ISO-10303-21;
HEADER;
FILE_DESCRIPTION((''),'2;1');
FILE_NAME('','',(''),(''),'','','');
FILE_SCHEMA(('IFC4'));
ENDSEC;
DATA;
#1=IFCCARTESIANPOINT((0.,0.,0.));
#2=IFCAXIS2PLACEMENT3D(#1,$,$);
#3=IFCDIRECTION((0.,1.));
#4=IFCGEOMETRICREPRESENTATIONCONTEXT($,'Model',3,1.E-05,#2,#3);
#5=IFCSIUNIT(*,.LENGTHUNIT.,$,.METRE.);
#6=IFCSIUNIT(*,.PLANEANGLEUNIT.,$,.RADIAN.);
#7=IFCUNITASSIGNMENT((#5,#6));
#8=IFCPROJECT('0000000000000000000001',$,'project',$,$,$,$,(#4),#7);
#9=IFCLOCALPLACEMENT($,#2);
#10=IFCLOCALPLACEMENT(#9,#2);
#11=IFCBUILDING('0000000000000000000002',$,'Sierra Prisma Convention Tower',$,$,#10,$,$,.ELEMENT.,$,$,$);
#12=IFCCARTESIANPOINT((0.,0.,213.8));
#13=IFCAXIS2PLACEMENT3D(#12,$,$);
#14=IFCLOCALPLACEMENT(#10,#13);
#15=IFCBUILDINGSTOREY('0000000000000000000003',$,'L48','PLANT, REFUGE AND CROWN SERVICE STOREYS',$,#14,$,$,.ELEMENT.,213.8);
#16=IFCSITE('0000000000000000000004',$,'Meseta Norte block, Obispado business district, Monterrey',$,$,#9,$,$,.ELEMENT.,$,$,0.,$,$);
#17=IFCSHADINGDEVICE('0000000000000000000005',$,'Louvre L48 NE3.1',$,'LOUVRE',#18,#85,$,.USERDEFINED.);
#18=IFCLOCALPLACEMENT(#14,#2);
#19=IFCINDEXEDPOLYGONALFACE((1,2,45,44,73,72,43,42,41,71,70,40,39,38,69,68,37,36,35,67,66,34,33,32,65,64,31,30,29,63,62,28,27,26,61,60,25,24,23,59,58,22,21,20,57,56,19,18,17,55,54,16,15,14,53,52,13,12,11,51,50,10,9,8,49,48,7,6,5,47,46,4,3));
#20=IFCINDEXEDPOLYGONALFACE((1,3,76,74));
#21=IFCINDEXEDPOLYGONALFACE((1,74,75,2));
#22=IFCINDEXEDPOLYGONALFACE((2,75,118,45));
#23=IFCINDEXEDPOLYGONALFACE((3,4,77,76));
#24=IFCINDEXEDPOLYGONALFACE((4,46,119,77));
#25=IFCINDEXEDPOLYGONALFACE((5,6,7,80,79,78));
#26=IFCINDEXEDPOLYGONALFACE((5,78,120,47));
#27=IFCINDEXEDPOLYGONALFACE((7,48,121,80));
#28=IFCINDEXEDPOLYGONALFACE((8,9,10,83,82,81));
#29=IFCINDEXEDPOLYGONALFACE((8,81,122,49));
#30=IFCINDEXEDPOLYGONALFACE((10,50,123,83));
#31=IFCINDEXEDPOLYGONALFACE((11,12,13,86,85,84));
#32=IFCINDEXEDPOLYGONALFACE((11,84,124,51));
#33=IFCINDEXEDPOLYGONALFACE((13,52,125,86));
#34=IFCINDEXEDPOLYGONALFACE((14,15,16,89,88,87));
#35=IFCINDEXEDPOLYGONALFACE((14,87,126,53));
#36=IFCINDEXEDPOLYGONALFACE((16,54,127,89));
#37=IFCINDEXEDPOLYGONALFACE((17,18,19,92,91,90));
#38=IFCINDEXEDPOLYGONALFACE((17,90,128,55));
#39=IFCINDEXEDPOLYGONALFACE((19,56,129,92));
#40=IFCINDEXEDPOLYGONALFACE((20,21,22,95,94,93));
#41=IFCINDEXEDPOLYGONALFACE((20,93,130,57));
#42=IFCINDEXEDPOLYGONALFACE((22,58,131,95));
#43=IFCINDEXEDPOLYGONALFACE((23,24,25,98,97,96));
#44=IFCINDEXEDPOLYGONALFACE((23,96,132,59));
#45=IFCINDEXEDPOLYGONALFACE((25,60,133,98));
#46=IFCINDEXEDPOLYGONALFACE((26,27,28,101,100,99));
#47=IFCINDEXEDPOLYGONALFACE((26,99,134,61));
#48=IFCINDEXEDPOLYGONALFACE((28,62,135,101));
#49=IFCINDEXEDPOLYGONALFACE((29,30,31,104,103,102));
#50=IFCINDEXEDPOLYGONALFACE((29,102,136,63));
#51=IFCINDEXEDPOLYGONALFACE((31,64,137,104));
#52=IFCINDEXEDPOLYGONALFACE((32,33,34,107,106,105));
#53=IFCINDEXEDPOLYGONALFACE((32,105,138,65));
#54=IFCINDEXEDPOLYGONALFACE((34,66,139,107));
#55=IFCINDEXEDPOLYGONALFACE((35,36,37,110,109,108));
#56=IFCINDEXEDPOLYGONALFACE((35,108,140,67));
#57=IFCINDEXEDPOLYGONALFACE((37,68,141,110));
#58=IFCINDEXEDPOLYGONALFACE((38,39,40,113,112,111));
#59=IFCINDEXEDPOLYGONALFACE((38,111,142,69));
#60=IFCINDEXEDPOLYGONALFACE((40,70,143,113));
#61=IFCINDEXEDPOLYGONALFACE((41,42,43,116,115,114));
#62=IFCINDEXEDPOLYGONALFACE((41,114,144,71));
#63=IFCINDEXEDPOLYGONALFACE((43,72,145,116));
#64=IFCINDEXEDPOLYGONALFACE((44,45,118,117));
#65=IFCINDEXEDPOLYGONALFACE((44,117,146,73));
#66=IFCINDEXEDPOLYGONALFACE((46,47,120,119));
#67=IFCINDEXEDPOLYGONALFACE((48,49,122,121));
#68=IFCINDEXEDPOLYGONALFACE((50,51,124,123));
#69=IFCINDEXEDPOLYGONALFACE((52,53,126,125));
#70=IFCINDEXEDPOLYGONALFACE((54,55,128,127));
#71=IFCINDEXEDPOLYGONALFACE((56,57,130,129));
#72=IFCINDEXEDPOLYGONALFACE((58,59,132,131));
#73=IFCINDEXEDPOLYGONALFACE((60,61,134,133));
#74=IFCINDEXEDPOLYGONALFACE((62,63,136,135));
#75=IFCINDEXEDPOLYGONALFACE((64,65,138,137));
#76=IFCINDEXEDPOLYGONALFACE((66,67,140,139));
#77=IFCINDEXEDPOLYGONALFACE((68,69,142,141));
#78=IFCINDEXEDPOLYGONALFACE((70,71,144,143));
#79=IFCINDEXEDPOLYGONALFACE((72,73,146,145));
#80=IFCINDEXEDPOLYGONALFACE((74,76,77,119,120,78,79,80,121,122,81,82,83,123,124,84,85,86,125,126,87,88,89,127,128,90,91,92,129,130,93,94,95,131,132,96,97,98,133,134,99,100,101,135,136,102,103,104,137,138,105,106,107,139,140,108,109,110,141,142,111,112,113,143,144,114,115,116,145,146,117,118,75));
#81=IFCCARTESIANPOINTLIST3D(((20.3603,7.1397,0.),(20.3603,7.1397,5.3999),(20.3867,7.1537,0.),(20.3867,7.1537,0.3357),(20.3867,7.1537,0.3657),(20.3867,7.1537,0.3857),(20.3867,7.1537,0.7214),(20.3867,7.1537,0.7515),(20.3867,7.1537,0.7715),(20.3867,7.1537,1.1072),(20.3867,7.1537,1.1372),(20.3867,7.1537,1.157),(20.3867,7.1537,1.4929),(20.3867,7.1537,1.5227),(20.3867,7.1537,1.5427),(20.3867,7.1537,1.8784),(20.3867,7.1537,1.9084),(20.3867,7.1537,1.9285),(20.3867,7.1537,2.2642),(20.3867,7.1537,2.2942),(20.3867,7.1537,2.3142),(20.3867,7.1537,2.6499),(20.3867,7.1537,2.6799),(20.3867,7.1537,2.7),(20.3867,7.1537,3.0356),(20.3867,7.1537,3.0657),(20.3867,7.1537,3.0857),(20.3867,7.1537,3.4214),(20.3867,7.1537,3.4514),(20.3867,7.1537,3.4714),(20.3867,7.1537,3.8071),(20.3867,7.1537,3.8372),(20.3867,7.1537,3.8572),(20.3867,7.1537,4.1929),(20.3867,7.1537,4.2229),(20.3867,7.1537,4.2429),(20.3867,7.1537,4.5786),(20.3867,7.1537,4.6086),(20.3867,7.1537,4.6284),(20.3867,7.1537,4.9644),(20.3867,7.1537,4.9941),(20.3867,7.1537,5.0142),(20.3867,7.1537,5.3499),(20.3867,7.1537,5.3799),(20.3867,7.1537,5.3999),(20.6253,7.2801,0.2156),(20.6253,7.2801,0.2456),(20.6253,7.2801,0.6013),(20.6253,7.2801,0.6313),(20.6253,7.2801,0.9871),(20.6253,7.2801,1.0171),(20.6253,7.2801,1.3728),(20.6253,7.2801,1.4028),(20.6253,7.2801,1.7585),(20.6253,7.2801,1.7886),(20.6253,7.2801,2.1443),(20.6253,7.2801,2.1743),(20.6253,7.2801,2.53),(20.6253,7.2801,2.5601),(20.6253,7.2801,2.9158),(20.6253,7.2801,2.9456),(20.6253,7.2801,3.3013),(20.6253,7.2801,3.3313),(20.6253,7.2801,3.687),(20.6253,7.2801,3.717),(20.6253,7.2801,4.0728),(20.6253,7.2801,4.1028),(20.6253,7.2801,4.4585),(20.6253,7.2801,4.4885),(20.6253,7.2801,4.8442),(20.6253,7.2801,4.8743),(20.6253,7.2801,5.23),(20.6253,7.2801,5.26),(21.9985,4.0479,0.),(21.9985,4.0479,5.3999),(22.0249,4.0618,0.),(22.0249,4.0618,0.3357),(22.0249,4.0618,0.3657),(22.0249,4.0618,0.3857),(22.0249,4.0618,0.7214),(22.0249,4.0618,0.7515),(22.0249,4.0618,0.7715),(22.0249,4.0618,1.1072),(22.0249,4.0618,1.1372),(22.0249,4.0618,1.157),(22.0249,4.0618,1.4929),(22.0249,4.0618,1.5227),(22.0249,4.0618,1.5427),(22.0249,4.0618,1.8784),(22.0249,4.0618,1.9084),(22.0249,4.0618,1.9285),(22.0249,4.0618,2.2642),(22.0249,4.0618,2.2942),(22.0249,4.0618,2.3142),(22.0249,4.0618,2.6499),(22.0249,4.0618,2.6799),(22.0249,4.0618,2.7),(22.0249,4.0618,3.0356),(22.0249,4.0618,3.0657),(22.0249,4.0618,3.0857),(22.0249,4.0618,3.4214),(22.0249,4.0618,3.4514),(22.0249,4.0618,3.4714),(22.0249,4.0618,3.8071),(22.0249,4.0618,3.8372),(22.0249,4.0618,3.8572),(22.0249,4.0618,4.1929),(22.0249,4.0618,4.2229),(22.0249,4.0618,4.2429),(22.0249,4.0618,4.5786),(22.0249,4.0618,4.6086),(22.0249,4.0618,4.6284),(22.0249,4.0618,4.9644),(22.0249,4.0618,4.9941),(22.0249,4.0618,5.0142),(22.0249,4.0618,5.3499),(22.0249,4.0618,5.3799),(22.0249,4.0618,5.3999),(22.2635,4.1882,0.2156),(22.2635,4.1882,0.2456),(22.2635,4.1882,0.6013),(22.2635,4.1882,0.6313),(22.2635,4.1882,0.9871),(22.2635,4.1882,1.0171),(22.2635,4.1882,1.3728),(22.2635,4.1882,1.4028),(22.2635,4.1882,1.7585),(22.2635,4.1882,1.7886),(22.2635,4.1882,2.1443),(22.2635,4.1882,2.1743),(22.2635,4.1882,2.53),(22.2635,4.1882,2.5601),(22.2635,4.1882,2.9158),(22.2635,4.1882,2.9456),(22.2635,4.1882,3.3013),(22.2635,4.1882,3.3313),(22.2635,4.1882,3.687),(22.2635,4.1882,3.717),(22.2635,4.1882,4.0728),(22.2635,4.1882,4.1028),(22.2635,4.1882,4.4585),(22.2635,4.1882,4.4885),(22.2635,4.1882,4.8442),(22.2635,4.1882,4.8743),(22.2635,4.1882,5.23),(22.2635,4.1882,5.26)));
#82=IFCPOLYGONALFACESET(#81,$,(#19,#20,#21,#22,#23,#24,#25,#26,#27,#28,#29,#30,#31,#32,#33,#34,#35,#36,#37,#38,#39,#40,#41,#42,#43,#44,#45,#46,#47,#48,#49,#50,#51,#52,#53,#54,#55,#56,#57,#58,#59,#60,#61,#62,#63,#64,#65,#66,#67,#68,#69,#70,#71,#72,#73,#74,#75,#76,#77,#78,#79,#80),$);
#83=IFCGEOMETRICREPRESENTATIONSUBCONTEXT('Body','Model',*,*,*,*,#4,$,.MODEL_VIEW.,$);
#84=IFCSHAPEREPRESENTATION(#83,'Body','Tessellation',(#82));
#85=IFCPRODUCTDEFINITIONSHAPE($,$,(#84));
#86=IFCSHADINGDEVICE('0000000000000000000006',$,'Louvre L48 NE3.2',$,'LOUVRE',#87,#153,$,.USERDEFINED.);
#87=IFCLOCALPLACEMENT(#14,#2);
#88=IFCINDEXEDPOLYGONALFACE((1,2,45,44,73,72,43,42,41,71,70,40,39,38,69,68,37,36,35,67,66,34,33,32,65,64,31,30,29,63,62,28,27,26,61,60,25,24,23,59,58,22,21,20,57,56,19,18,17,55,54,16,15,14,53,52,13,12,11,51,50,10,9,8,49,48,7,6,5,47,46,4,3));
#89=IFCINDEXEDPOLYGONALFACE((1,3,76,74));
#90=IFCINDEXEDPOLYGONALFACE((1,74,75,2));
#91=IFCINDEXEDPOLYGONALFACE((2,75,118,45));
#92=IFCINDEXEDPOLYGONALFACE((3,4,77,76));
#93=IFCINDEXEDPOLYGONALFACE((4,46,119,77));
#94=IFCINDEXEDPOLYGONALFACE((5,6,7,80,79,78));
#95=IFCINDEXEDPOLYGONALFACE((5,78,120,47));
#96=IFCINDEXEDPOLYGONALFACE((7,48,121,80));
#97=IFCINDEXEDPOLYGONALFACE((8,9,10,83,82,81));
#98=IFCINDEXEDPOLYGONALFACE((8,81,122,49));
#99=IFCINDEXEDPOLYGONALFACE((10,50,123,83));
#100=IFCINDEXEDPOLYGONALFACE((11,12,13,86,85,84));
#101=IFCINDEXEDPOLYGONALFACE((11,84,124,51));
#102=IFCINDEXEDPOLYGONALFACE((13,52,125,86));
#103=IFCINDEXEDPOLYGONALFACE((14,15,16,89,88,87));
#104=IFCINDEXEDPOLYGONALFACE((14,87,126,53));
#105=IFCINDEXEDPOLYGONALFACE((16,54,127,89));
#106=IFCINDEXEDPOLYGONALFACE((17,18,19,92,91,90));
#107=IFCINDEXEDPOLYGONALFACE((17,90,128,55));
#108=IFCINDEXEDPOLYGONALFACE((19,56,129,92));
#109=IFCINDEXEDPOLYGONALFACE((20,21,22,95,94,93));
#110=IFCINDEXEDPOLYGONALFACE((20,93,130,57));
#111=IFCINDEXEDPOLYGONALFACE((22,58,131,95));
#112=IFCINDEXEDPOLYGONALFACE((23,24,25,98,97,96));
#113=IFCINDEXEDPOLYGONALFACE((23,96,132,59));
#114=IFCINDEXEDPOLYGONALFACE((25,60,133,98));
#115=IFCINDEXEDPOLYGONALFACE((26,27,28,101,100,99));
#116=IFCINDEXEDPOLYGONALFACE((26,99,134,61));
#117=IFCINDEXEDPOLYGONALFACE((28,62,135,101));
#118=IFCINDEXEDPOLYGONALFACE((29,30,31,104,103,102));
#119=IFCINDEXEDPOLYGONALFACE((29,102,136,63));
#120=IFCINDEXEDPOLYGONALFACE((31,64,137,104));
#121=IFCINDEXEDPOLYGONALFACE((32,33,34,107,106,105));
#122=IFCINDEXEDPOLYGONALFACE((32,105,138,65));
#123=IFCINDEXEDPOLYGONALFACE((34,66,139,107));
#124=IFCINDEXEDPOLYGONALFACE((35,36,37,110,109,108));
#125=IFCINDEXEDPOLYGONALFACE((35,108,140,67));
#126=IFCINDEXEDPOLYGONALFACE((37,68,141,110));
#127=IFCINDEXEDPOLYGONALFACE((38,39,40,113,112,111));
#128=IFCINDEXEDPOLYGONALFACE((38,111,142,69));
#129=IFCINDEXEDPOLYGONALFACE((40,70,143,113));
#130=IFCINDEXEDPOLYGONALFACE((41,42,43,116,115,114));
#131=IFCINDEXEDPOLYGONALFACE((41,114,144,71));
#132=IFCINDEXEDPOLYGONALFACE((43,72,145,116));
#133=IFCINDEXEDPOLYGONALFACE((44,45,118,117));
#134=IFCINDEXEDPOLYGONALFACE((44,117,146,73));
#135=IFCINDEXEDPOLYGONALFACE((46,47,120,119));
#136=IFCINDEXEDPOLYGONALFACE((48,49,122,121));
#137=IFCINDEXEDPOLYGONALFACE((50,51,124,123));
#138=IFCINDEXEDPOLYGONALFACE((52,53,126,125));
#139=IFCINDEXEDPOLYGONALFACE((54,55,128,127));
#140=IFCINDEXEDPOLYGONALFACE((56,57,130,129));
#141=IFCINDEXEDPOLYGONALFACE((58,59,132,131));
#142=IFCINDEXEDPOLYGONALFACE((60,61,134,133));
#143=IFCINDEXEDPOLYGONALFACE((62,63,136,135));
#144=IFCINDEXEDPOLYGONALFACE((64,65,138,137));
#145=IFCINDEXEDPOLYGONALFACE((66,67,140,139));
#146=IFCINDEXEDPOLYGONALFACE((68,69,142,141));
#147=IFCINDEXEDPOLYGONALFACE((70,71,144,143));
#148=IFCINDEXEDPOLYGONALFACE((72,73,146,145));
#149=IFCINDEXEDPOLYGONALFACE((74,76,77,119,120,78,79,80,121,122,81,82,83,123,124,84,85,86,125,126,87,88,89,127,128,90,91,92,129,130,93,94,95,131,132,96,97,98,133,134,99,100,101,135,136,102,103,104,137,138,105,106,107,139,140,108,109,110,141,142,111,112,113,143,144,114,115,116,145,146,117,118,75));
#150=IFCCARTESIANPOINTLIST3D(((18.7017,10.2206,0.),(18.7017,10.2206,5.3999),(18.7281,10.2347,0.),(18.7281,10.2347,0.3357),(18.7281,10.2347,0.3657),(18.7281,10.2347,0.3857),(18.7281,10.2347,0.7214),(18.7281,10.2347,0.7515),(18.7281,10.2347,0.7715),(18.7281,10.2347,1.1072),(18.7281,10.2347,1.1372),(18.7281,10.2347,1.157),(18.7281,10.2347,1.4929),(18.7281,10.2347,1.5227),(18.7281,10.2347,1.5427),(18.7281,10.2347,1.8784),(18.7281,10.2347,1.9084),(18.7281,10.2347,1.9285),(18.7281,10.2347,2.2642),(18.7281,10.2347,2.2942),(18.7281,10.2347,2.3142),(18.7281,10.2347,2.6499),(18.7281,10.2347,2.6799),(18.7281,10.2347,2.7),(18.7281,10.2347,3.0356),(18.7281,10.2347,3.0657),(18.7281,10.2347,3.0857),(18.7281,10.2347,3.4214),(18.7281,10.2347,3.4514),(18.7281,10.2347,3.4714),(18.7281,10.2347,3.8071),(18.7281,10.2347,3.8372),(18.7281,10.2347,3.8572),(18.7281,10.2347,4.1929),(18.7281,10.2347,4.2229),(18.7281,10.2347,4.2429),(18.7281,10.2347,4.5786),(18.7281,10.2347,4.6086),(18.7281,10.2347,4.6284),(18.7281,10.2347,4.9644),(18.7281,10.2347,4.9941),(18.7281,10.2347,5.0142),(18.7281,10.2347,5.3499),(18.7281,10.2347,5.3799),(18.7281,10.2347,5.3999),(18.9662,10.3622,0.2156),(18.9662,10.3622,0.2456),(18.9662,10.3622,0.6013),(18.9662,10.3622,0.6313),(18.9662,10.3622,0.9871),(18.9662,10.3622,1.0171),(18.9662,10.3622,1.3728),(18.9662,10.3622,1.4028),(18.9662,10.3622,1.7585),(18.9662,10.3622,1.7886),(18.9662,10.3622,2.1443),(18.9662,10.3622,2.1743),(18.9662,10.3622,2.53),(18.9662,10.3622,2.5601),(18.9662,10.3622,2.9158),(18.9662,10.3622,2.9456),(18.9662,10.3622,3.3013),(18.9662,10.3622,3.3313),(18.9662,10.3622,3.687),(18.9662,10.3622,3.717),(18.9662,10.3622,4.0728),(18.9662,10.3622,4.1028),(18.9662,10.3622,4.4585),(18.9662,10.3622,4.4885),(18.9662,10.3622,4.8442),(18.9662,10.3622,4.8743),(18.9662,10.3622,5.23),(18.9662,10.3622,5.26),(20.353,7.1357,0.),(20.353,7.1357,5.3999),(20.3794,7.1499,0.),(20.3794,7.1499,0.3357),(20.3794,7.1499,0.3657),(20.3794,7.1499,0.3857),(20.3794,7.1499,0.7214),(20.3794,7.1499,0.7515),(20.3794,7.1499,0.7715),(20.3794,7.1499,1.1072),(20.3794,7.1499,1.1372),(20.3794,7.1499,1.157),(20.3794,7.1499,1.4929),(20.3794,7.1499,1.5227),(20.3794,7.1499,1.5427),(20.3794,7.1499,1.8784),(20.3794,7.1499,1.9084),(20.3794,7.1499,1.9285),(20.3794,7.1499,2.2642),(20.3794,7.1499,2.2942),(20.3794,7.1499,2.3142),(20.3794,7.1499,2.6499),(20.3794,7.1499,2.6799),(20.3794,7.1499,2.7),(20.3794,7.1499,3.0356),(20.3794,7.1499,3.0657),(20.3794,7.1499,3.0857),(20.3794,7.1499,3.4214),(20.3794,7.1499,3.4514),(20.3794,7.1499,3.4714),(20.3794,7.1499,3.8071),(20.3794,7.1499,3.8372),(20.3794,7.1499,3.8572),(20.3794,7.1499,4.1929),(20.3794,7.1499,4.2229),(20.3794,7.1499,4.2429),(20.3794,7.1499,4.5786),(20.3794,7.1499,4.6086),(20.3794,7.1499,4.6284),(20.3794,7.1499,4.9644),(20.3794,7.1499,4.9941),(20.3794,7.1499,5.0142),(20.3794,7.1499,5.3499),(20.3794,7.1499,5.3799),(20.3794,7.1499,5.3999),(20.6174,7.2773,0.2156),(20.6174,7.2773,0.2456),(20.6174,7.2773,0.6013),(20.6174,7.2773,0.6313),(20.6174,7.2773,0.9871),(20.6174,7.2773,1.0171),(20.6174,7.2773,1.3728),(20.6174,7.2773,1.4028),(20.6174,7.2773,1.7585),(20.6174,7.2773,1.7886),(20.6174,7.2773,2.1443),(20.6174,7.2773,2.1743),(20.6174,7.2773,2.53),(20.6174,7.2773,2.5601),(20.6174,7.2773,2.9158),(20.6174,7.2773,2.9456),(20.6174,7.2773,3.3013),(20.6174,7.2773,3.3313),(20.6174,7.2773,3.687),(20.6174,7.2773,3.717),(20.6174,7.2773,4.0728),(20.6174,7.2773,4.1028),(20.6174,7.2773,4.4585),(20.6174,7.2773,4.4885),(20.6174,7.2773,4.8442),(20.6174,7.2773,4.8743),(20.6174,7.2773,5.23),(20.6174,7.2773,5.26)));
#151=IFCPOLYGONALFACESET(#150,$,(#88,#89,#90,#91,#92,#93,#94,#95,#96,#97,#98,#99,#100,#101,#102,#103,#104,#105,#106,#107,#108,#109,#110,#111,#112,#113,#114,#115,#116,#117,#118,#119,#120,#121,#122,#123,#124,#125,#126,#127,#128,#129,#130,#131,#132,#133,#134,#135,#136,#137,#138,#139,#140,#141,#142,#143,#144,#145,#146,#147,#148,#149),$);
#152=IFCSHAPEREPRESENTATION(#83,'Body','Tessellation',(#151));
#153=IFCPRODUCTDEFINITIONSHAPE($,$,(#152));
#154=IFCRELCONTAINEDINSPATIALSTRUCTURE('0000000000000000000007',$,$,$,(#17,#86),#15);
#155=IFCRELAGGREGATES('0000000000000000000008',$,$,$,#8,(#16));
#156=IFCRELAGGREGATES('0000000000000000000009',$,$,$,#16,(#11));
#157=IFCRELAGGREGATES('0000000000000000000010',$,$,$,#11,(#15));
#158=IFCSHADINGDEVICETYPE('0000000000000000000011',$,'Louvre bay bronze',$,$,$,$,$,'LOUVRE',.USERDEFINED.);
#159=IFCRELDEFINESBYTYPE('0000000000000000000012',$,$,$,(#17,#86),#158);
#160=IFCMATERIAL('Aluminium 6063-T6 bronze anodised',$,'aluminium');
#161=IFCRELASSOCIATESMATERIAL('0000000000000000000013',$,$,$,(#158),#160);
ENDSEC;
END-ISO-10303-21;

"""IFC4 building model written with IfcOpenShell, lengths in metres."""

from ifc_helpers import new_model, si_unit, direction, frame, origin, place, context, subcontext, project, spatial, polyline, outline, extrude, material, type_object, element, save


model = new_model("IFC4")

# Units and contexts
model_context = context("Model", 3, precision=1e-05, world=origin(), true_north=direction((0.0, 1.0)))
body_context = subcontext(model_context, "Body", "Model", "MODEL_VIEW")
ifc_project = project(units=[si_unit("LENGTHUNIT", "METRE"), si_unit("PLANEANGLEUNIT", "RADIAN")], contexts=[model_context])

# Site, building, storey
site_placement = place(None, origin())
site = spatial("IfcSite", under=ifc_project, at=site_placement, Name="Meseta Norte block, Obispado business district, Monterrey", CompositionType="ELEMENT", RefElevation=0.0)
building_placement = place(site_placement, origin())
building = spatial("IfcBuilding", under=site, at=building_placement, Name="Sierra Prisma Convention Tower", CompositionType="ELEMENT")
storey_placement = place(building_placement, frame((0.0, 0.0, 213.8)))
storey = spatial("IfcBuildingStorey", under=building, at=storey_placement, Name="L48", Description="PLANT, REFUGE AND CROWN SERVICE STOREYS", CompositionType="ELEMENT", Elevation=213.8)

# Shading devices
ifc_material_1 = material(Name="Aluminium 6063-T6 bronze anodised", Category="aluminium")
shading_device_type = type_object("IfcShadingDeviceType", Name="Louvre bay bronze", ElementType="LOUVRE", PredefinedType="USERDEFINED", material=ifc_material_1)
shading_device_1_placement = place(storey_placement, frame((21.9985, 4.0479, 0.0), z_axis=(0.468187, -0.883629, 0.0), x_axis=(0.0, 0.0, 1.0)))
element("IfcShadingDevice", 1, at=shading_device_1_placement, inside=storey, type_object=shading_device_type, Name="Louvre L48 NE3.1", ObjectType="LOUVRE", PredefinedType="USERDEFINED", context=body_context, shape_type="SweptSolid", body=[
    extrude(outline(polyline([(0.0, 0.0), (5.3999, 0.0), (5.3999, -0.0298), (5.3799, -0.0298), (5.26, -0.2998), (5.23, -0.2998), (5.3499, -0.0298), (5.0142, -0.0298), (4.9941, -0.0298), (4.8743, -0.2998), (4.8442, -0.2998), (4.9644, -0.0298), (4.6284, -0.0298), (4.6086, -0.0298), (4.4885, -0.2998), (4.4585, -0.2998), (4.5786, -0.0298), (4.2429, -0.0298), (4.2229, -0.0298), (4.1028, -0.2998), (4.0728, -0.2998), (4.1929, -0.0298), (3.8572, -0.0298), (3.8372, -0.0298), (3.717, -0.2998), (3.687, -0.2998), (3.8071, -0.0298), (3.4714, -0.0298), (3.4514, -0.0298), (3.3313, -0.2998), (3.3013, -0.2998), (3.4214, -0.0298), (3.0857, -0.0298), (3.0657, -0.0298), (2.9456, -0.2998), (2.9158, -0.2998), (3.0356, -0.0298), (2.7, -0.0298), (2.6799, -0.0298), (2.5601, -0.2998), (2.53, -0.2998), (2.6499, -0.0298), (2.3142, -0.0298), (2.2942, -0.0298), (2.1743, -0.2998), (2.1443, -0.2998), (2.2642, -0.0298), (1.9285, -0.0298), (1.9084, -0.0298), (1.7886, -0.2998), (1.7585, -0.2998), (1.8784, -0.0298), (1.5427, -0.0298), (1.5227, -0.0298), (1.4028, -0.2998), (1.3728, -0.2998), (1.4929, -0.0298), (1.157, -0.0298), (1.1372, -0.0298), (1.0171, -0.2998), (0.9871, -0.2998), (1.1072, -0.0298), (0.7715, -0.0298), (0.7515, -0.0298), (0.6313, -0.2998), (0.6013, -0.2998), (0.7214, -0.0298), (0.3857, -0.0298), (0.3657, -0.0298), (0.2456, -0.2998), (0.2156, -0.2998), (0.3357, -0.0298), (0.0, -0.0298), (0.0, 0.0)])), origin(), (0.0, 0.0, -1.0), 3.499),
])
shading_device_2_placement = place(storey_placement, frame((20.353, 7.1357, 0.0), z_axis=(0.471926, -0.881638, 0.0), x_axis=(0.0, 0.0, 1.0)))
element("IfcShadingDevice", 2, at=shading_device_2_placement, inside=storey, type_object=shading_device_type, Name="Louvre L48 NE3.2", ObjectType="LOUVRE", PredefinedType="USERDEFINED", context=body_context, shape_type="SweptSolid", body=[
    extrude(outline(polyline([(0.0, 0.0), (5.3999, 0.0), (5.3999, -0.0299), (5.3799, -0.0299), (5.26, -0.2999), (5.23, -0.2999), (5.3499, -0.0299), (5.0142, -0.0299), (4.9941, -0.0299), (4.8743, -0.2999), (4.8442, -0.2999), (4.9644, -0.0299), (4.6284, -0.0299), (4.6086, -0.0299), (4.4885, -0.2999), (4.4585, -0.2999), (4.5786, -0.0299), (4.2429, -0.0299), (4.2229, -0.0299), (4.1028, -0.2999), (4.0728, -0.2999), (4.1929, -0.0299), (3.8572, -0.0299), (3.8372, -0.0299), (3.717, -0.2999), (3.687, -0.2999), (3.8071, -0.0299), (3.4714, -0.0299), (3.4514, -0.0299), (3.3313, -0.2999), (3.3013, -0.2999), (3.4214, -0.0299), (3.0857, -0.0299), (3.0657, -0.0299), (2.9456, -0.2999), (2.9158, -0.2999), (3.0356, -0.0299), (2.7, -0.0299), (2.6799, -0.0299), (2.5601, -0.2999), (2.53, -0.2999), (2.6499, -0.0299), (2.3142, -0.0299), (2.2942, -0.0299), (2.1743, -0.2999), (2.1443, -0.2999), (2.2642, -0.0299), (1.9285, -0.0299), (1.9084, -0.0299), (1.7886, -0.2999), (1.7585, -0.2999), (1.8784, -0.0299), (1.5427, -0.0299), (1.5227, -0.0299), (1.4028, -0.2999), (1.3728, -0.2999), (1.4929, -0.0299), (1.157, -0.0299), (1.1372, -0.0299), (1.0171, -0.2999), (0.9871, -0.2999), (1.1072, -0.0299), (0.7715, -0.0299), (0.7515, -0.0299), (0.6313, -0.2999), (0.6013, -0.2999), (0.7214, -0.0299), (0.3857, -0.0299), (0.3657, -0.0299), (0.2456, -0.2999), (0.2156, -0.2999), (0.3357, -0.0299), (0.0, -0.0299), (0.0, 0.0)])), origin(), (0.0, 0.0, -1.0), 3.499),
])

save(model, "model.ifc")
